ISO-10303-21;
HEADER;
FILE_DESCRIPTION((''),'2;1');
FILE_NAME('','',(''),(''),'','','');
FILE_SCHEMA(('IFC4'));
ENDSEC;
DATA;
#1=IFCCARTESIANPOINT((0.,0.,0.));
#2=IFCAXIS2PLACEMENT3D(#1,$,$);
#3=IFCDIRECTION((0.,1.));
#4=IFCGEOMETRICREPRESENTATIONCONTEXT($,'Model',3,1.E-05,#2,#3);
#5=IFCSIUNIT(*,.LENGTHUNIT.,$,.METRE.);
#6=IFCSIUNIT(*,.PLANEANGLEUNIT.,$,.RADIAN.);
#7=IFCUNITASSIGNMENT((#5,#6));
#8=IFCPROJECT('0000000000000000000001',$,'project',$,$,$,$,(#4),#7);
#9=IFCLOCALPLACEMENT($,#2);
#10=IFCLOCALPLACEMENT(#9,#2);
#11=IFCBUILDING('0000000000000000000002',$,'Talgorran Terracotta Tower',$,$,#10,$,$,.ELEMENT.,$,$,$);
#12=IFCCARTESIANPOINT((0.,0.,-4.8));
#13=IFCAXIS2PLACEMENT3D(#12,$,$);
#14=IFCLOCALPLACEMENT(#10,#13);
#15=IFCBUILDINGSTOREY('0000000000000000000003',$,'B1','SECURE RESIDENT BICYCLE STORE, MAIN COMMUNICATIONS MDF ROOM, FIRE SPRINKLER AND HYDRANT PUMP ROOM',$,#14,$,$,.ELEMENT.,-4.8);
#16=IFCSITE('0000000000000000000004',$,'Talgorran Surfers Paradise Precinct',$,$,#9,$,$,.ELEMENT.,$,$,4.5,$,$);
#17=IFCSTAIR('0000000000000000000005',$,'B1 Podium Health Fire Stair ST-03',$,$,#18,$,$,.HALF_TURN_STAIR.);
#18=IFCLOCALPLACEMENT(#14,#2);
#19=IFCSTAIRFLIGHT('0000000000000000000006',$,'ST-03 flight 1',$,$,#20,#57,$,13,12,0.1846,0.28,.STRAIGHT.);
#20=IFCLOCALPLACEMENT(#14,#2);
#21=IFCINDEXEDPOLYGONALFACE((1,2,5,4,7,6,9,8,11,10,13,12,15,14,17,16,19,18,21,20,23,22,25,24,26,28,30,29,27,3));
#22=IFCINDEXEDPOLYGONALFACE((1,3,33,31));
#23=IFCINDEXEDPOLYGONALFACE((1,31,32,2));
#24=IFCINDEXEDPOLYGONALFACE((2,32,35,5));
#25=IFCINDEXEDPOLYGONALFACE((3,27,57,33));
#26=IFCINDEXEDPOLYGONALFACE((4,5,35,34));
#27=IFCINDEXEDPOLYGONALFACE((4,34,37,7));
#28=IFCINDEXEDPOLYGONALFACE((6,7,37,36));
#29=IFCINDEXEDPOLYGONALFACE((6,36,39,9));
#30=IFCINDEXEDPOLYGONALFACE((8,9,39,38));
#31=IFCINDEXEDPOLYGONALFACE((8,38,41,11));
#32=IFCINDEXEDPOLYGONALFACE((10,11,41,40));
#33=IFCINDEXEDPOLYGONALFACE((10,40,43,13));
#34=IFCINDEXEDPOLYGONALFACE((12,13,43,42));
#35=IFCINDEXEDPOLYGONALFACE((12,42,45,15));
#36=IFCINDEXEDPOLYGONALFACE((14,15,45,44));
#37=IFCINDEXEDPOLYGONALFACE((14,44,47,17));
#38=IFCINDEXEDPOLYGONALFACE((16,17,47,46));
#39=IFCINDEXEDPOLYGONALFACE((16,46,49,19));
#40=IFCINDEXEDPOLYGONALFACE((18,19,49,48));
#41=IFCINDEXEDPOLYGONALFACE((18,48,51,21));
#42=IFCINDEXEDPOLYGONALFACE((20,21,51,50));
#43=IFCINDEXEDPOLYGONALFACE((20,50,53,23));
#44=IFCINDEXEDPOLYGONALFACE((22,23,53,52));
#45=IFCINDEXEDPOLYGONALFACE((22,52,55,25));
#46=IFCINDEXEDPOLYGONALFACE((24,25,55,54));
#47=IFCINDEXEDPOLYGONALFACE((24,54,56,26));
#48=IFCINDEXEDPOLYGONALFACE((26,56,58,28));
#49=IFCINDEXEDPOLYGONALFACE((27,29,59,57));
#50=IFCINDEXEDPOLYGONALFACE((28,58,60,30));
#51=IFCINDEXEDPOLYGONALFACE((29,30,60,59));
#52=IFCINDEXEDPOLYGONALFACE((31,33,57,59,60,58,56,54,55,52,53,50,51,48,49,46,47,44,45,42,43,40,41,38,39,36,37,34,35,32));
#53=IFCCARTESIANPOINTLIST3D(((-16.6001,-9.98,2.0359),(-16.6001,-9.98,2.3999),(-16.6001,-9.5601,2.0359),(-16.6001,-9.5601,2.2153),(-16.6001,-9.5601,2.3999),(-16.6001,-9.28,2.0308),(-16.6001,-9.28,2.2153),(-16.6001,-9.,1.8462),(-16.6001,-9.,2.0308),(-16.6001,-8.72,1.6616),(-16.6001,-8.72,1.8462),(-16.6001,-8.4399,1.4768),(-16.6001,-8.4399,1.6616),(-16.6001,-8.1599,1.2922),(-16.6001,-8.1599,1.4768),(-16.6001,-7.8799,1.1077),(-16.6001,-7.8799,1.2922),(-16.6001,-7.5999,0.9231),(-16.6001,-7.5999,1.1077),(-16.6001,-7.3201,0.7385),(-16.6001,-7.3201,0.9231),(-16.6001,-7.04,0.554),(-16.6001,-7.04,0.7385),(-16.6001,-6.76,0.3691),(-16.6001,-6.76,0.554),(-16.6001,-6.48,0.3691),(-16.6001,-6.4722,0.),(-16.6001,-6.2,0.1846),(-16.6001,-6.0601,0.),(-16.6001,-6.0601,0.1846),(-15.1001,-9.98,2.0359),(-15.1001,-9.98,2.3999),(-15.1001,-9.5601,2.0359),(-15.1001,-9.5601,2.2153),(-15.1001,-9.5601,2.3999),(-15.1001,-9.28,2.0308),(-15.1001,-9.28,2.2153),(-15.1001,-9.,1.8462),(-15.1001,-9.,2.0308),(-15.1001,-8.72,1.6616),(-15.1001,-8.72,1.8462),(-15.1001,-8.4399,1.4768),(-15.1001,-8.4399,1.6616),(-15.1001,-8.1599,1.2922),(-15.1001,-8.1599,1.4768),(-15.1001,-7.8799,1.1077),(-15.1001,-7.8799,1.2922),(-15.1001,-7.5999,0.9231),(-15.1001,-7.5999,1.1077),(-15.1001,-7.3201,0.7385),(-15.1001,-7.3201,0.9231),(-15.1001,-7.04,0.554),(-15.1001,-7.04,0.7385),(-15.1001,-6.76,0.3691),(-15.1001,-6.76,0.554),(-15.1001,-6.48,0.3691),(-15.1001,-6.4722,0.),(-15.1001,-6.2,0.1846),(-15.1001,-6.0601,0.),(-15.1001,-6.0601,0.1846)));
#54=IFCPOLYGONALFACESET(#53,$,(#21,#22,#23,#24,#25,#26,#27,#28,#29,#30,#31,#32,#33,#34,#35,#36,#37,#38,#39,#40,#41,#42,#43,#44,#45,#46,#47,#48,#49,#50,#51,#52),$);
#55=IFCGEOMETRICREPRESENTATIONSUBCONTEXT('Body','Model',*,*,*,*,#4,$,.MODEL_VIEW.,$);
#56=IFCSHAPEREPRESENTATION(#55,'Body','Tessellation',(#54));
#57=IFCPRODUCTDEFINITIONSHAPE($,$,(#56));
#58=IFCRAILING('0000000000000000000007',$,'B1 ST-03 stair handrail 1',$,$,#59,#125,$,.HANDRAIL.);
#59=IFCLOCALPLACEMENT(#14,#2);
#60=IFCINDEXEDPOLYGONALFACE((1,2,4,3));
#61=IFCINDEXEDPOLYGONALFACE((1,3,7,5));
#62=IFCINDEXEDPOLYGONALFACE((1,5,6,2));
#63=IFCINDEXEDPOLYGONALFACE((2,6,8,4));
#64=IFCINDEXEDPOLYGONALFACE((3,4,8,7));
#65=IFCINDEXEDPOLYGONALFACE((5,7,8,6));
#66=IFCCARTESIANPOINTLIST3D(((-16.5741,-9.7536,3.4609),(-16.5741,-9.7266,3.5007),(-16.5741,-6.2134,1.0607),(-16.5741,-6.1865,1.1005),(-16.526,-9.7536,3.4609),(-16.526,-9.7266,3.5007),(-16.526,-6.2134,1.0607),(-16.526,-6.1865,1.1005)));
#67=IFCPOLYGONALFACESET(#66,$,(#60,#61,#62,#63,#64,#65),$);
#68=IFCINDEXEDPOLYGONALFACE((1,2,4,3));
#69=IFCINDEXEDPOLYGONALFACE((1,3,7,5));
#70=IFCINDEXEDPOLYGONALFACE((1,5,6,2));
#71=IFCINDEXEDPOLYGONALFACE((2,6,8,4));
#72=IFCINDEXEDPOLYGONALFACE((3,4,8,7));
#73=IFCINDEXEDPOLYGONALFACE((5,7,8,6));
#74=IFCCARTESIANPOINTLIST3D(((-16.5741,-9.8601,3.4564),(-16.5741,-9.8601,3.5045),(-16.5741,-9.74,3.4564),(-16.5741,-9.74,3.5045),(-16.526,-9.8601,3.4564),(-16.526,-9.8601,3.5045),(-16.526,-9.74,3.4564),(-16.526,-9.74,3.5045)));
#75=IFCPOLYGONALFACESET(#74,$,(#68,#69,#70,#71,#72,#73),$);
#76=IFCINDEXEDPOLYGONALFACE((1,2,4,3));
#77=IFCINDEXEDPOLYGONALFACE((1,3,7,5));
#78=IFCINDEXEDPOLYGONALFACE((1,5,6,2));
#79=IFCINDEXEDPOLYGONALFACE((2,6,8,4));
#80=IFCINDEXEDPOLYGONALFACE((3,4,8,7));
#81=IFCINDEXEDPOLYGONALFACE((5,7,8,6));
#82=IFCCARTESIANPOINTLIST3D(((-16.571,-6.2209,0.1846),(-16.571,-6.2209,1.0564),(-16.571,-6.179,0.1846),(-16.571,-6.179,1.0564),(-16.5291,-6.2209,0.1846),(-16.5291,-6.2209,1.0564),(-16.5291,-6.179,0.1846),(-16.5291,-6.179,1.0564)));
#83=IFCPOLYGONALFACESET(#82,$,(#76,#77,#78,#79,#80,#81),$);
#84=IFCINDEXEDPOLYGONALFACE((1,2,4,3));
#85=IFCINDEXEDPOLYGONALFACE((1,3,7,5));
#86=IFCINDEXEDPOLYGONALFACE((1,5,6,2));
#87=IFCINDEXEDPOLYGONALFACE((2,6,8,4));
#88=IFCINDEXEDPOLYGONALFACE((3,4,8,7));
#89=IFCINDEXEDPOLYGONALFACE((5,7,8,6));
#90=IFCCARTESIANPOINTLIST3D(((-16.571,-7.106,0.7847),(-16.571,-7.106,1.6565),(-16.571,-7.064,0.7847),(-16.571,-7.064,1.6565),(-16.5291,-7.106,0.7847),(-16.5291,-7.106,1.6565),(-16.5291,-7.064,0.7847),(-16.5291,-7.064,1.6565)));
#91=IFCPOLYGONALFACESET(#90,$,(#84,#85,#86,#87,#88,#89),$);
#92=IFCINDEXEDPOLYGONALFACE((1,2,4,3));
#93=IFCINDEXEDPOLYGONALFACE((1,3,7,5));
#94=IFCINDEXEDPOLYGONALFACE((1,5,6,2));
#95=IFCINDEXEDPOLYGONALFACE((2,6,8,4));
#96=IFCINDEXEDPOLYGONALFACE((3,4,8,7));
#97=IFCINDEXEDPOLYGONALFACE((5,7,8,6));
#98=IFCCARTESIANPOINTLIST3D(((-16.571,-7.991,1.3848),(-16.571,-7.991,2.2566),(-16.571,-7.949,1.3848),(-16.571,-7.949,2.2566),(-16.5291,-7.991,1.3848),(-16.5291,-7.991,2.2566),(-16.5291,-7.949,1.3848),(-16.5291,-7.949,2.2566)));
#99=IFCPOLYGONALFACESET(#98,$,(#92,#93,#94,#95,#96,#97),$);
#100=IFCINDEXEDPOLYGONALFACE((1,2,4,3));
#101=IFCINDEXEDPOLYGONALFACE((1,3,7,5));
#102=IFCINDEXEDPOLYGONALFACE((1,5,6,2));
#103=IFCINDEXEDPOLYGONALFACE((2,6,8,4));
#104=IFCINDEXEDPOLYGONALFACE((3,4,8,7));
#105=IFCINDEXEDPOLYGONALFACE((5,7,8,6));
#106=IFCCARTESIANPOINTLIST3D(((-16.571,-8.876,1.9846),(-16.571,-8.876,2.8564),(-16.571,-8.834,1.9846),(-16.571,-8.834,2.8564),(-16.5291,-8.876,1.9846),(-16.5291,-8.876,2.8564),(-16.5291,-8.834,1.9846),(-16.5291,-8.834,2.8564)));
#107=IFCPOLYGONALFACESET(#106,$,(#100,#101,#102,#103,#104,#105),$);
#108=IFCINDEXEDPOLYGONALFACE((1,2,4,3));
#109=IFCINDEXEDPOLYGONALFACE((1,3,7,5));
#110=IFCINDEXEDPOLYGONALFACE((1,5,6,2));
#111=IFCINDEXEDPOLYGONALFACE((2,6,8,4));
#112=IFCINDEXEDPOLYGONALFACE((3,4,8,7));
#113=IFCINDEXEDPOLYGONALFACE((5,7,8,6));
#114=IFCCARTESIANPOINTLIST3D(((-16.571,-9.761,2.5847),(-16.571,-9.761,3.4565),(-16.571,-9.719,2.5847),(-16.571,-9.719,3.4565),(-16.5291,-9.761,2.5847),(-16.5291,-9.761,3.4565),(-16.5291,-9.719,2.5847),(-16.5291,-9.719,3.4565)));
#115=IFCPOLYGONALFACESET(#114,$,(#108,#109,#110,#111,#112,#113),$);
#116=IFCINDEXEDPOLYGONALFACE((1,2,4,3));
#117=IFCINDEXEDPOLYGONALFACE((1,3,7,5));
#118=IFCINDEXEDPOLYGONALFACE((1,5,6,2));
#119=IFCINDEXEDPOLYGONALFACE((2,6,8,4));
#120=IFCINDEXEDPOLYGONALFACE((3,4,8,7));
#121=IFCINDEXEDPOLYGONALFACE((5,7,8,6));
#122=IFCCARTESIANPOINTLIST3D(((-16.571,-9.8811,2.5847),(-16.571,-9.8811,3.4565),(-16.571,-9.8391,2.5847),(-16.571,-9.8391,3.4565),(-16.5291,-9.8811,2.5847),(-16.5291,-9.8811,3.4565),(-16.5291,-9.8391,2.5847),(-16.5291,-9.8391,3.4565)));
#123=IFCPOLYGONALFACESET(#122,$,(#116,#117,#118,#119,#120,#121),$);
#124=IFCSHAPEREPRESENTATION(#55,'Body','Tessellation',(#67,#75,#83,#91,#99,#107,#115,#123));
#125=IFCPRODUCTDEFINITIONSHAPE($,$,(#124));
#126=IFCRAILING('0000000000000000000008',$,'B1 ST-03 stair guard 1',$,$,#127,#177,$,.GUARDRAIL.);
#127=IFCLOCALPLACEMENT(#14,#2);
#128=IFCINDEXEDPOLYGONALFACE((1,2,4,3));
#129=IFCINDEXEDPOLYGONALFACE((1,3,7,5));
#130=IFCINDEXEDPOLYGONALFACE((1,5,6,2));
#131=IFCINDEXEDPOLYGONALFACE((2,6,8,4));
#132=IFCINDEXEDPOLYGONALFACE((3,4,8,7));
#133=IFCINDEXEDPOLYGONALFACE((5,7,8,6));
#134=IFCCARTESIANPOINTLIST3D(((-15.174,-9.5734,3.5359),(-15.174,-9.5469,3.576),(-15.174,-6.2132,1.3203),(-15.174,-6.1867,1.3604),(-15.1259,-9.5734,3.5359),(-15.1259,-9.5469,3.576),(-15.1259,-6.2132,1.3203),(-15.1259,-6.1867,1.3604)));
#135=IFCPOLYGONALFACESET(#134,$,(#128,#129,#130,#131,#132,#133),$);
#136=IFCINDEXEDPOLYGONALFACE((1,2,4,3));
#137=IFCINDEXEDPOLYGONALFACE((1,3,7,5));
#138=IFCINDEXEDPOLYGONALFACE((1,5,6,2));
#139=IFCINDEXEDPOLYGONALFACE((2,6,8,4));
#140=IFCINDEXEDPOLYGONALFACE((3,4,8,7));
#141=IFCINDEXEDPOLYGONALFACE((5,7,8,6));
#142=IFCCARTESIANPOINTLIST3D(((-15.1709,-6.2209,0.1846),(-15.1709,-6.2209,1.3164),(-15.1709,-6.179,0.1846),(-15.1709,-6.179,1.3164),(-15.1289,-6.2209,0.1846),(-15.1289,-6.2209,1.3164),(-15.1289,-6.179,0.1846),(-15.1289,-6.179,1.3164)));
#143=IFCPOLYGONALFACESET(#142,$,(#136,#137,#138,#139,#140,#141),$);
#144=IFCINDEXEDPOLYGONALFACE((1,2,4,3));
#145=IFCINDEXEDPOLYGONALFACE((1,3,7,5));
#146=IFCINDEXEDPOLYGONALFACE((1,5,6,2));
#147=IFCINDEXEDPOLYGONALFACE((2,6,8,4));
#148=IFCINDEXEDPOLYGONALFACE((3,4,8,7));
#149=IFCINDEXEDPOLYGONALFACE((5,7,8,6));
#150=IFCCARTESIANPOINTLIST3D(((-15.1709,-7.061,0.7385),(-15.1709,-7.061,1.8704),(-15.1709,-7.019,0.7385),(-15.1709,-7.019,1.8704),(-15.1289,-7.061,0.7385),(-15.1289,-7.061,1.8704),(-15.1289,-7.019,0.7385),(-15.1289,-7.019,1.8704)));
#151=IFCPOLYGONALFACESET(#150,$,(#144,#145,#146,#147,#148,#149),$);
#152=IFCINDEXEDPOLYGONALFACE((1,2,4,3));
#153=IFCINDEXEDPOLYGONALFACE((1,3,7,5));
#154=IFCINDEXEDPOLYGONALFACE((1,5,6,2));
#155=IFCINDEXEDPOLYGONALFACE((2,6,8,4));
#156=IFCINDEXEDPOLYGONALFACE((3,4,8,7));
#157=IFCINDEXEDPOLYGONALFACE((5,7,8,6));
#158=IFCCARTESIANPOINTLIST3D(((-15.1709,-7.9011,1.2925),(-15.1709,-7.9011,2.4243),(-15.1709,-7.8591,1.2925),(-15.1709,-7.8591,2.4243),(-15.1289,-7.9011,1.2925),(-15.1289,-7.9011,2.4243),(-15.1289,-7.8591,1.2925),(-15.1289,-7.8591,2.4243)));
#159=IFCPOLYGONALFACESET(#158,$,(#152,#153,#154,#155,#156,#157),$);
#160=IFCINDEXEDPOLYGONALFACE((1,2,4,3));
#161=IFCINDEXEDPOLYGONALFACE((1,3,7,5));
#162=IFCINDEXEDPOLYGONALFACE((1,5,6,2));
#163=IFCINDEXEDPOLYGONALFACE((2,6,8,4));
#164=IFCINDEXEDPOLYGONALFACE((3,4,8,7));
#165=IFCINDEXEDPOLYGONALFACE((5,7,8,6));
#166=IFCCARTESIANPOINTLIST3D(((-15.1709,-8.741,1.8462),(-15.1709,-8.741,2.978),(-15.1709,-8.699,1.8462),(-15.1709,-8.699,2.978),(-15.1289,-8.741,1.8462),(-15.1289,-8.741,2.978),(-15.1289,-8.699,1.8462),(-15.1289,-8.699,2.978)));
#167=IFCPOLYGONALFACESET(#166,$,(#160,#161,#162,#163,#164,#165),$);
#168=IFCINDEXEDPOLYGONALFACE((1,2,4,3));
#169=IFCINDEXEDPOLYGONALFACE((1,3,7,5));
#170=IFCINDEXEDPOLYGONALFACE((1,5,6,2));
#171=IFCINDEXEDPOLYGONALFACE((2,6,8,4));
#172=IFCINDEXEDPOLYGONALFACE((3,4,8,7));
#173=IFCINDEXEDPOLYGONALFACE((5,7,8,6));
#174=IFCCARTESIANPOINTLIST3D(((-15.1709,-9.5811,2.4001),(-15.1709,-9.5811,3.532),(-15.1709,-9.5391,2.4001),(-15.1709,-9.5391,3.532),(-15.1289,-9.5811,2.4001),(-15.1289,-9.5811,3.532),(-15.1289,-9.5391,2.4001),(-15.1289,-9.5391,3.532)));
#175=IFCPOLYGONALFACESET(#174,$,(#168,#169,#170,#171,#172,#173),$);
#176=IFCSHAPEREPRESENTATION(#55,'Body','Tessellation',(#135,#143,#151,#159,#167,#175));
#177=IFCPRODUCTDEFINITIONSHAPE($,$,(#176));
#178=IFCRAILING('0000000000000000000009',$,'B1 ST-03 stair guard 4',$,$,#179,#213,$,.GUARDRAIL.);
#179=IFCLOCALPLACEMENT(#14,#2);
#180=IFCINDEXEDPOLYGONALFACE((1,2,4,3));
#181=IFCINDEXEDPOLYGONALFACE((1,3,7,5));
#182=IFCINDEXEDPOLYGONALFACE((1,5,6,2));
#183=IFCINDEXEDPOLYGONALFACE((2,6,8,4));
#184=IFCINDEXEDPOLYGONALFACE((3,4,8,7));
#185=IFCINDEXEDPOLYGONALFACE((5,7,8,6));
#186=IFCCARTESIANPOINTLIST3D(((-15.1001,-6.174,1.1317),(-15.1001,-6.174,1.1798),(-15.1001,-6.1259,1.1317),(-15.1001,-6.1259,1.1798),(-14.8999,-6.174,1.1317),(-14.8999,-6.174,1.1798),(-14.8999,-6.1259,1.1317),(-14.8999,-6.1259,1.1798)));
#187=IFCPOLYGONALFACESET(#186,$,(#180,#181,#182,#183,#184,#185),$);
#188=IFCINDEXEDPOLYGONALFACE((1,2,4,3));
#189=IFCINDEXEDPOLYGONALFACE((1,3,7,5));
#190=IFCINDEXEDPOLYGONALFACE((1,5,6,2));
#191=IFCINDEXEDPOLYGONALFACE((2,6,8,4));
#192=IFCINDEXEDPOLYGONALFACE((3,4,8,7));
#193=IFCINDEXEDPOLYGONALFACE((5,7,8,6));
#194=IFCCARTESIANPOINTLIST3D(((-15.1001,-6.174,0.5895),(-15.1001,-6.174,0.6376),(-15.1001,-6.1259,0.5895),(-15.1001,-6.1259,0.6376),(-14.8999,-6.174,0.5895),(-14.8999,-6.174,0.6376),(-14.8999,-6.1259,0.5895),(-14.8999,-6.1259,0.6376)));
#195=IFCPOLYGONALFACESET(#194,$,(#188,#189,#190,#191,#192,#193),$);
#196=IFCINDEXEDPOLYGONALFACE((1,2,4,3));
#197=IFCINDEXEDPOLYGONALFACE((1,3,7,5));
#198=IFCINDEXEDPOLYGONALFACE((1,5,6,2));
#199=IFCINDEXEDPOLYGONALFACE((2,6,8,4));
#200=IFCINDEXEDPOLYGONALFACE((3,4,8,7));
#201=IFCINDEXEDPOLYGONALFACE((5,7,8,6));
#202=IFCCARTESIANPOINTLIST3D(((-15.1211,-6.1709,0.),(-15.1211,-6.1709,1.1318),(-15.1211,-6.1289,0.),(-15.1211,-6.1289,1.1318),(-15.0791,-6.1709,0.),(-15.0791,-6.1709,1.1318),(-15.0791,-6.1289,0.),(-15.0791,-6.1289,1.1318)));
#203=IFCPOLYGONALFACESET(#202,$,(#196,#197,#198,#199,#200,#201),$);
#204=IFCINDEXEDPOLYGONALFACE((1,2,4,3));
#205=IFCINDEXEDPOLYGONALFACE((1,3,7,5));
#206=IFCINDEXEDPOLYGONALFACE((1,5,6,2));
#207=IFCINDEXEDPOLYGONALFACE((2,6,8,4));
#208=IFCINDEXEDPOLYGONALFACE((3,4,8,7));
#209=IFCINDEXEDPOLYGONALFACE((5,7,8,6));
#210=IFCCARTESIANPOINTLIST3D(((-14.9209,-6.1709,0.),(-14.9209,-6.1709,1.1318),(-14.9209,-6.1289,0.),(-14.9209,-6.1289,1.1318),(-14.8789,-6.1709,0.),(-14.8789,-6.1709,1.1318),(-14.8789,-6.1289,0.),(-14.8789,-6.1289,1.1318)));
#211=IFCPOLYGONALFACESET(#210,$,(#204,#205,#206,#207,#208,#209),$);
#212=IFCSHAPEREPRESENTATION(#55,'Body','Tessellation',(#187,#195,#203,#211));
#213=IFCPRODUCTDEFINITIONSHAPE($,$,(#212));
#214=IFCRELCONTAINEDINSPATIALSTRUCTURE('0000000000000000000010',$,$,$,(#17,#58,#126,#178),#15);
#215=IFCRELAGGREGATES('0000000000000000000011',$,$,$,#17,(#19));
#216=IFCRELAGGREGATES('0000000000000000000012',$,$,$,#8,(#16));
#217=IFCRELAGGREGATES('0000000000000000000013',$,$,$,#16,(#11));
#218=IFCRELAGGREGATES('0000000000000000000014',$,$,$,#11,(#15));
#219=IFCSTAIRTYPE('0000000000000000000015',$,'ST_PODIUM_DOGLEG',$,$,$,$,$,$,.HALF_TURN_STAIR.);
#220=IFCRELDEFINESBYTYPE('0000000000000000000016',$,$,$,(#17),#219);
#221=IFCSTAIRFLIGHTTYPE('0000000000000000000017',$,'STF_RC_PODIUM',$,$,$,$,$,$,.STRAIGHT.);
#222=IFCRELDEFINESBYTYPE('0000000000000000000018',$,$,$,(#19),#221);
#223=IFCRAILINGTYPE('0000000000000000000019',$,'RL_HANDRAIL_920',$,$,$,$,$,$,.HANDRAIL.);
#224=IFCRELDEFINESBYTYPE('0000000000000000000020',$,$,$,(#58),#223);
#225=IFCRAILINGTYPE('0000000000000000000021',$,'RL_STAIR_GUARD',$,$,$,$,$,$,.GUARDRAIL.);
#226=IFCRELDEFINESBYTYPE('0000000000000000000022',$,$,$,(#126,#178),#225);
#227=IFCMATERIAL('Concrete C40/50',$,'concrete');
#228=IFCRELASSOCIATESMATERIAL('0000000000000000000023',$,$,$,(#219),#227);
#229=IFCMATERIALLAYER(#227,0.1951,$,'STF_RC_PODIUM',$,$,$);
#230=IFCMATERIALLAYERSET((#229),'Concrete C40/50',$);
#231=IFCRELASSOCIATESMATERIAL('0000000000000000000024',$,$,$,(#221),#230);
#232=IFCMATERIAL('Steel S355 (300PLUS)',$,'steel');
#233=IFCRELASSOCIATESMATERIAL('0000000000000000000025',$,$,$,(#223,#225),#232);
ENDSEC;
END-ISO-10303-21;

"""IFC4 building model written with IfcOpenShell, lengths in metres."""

from ifc_helpers import new_model, si_unit, direction, frame, origin, origin_2d, place, context, subcontext, project, spatial, polyline, rectangle, outline, extrude, material, layer, layer_set, type_object, element, aggregate, save


model = new_model("IFC4")

# Units and contexts
model_context = context("Model", 3, precision=1e-05, world=origin(), true_north=direction((0.0, 1.0)))
body_context = subcontext(model_context, "Body", "Model", "MODEL_VIEW")
ifc_project = project(units=[si_unit("LENGTHUNIT", "METRE"), si_unit("PLANEANGLEUNIT", "RADIAN")], contexts=[model_context])

# Site, building, storey
site_placement = place(None, origin())
site = spatial("IfcSite", under=ifc_project, at=site_placement, Name="Talgorran Surfers Paradise Precinct", CompositionType="ELEMENT", RefElevation=4.5)
building_placement = place(site_placement, origin())
building = spatial("IfcBuilding", under=site, at=building_placement, Name="Talgorran Terracotta Tower", CompositionType="ELEMENT")
storey_placement = place(building_placement, frame((0.0, 0.0, -4.8)))
storey = spatial("IfcBuildingStorey", under=building, at=storey_placement, Name="B1", Description="SECURE RESIDENT BICYCLE STORE, MAIN COMMUNICATIONS MDF ROOM, FIRE SPRINKLER AND HYDRANT PUMP ROOM", CompositionType="ELEMENT", Elevation=-4.8)

# Shared definitions
ifc_material_1 = material(Name="Steel S355 (300PLUS)", Category="steel")

# Stair, stair flight
ifc_material_2 = material(Name="Concrete C40/50", Category="concrete")
stair_type = type_object("IfcStairType", Name="ST_PODIUM_DOGLEG", PredefinedType="HALF_TURN_STAIR", material=ifc_material_2)
stair_placement = place(storey_placement, origin())
stair = element("IfcStair", 1, at=stair_placement, inside=storey, type_object=stair_type, Name="B1 Podium Health Fire Stair ST-03", PredefinedType="HALF_TURN_STAIR")
ifc_layer_1 = layer(ifc_material_2, 0.1951, Name="STF_RC_PODIUM")
ifc_layer_set_1 = layer_set([ifc_layer_1], Name="Concrete C40/50")
stair_flight_type = type_object("IfcStairFlightType", Name="STF_RC_PODIUM", PredefinedType="STRAIGHT", material=ifc_layer_set_1)
stair_flight_placement = place(storey_placement, frame((-15.8501, -6.2, 0.0), z_axis=(0.0, 0.0, 1.0), x_axis=(0.0, -1.0, 0.0)))
stair_flight = element("IfcStairFlight", 2, at=stair_flight_placement, type_object=stair_flight_type, Name="ST-03 flight 1", NumberOfRisers=13, NumberOfTreads=12, PredefinedType="STRAIGHT", RiserHeight=0.1846, TreadLength=0.28, context=body_context, shape_type="SweptSolid", body=[
    extrude(outline(polyline([(-0.1399, 0.0), (-0.1399, 0.1846), (0.0, 0.1846), (0.28, 0.3691), (0.5601, 0.3691), (0.5601, 0.554), (0.8401, 0.554), (0.8401, 0.7385), (1.1201, 0.7385), (1.1201, 0.9231), (1.3999, 0.9231), (1.3999, 1.1077), (1.6799, 1.1077), (1.6799, 1.2922), (1.96, 1.2922), (1.96, 1.4768), (2.24, 1.4768), (2.24, 1.6616), (2.52, 1.6616), (2.52, 1.8462), (2.8, 1.8462), (2.8, 2.0308), (3.0801, 2.0308), (3.0801, 2.2153), (3.3601, 2.2153), (3.3601, 2.3999), (3.78, 2.3999), (3.78, 2.0359), (3.3601, 2.0359), (0.2722, 0.0), (-0.1399, 0.0)])), frame((0.0, 0.75, 0.0), z_axis=(0.0, -1.0, 0.0), x_axis=(1.0, 0.0, 0.0)), (0.0, 0.0, 1.0), 1.5),
])
aggregate(stair, [stair_flight])

# Railings
railing_type_1 = type_object("IfcRailingType", Name="RL_HANDRAIL_920", PredefinedType="HANDRAIL", material=ifc_material_1)
railing_1_placement = place(storey_placement, frame((-16.55, -6.2, 0.1846)))
element("IfcRailing", 3, at=railing_1_placement, inside=storey, type_object=railing_type_1, Name="B1 ST-03 stair handrail 1", PredefinedType="HANDRAIL", context=body_context, shape_type="SweptSolid", body=[
    extrude(rectangle(XDim=0.0481, YDim=0.0481, at=origin_2d()), frame((0.0, 0.0, 0.896), z_axis=(0.0, -0.827695, 0.561178), x_axis=(1.0, 0.0, 0.0)), (0.0, 0.0, 1.0), 4.2771),
    extrude(rectangle(XDim=0.0481, YDim=0.0481, at=origin_2d()), frame((0.0, -3.54, 3.2959), z_axis=(0.0, -1.0, 0.0), x_axis=(1.0, 0.0, 0.0)), (0.0, 0.0, 1.0), 0.1201),
    extrude(rectangle(XDim=0.042, YDim=0.042, at=origin_2d()), origin(), (0.0, 0.0, 1.0), 0.8718),
    extrude(rectangle(XDim=0.042, YDim=0.042, at=origin_2d()), frame((0.0, -0.885, 0.6001)), (0.0, 0.0, 1.0), 0.8718),
    extrude(rectangle(XDim=0.042, YDim=0.042, at=origin_2d()), frame((0.0, -1.77, 1.2002)), (0.0, 0.0, 1.0), 0.8718),
    extrude(rectangle(XDim=0.042, YDim=0.042, at=origin_2d()), frame((0.0, -2.655, 1.8)), (0.0, 0.0, 1.0), 0.8718),
    extrude(rectangle(XDim=0.042, YDim=0.042, at=origin_2d()), frame((0.0, -3.54, 2.4001)), (0.0, 0.0, 1.0), 0.8718),
    extrude(rectangle(XDim=0.042, YDim=0.042, at=origin_2d()), frame((0.0, -3.6602, 2.4001)), (0.0, 0.0, 1.0), 0.8718),
])
railing_type_2 = type_object("IfcRailingType", Name="RL_STAIR_GUARD", PredefinedType="GUARDRAIL", material=ifc_material_1)
railing_2_placement = place(storey_placement, frame((-15.1499, -6.2, 0.1846)))
element("IfcRailing", 4, at=railing_2_placement, inside=storey, type_object=railing_type_2, Name="B1 ST-03 stair guard 1", PredefinedType="GUARDRAIL", context=body_context, shape_type="SweptSolid", body=[
    extrude(rectangle(XDim=0.0481, YDim=0.0481, at=origin_2d()), frame((0.0, 0.0, 1.1558), z_axis=(0.0, -0.834849, 0.55048), x_axis=(1.0, 0.0, 0.0)), (0.0, 0.0, 1.0), 4.0249),
    extrude(rectangle(XDim=0.042, YDim=0.042, at=origin_2d()), origin(), (0.0, 0.0, 1.0), 1.1318),
    extrude(rectangle(XDim=0.042, YDim=0.042, at=origin_2d()), frame((0.0, -0.8401, 0.554)), (0.0, 0.0, 1.0), 1.1318),
    extrude(rectangle(XDim=0.042, YDim=0.042, at=origin_2d()), frame((0.0, -1.6802, 1.1079)), (0.0, 0.0, 1.0), 1.1318),
    extrude(rectangle(XDim=0.042, YDim=0.042, at=origin_2d()), frame((0.0, -2.52, 1.6616)), (0.0, 0.0, 1.0), 1.1318),
    extrude(rectangle(XDim=0.042, YDim=0.042, at=origin_2d()), frame((0.0, -3.3601, 2.2156)), (0.0, 0.0, 1.0), 1.1318),
])
railing_3_placement = place(storey_placement, frame((-15.1001, -6.1499, 0.0)))
element("IfcRailing", 5, at=railing_3_placement, inside=storey, type_object=railing_type_2, Name="B1 ST-03 stair guard 4", PredefinedType="GUARDRAIL", context=body_context, shape_type="SweptSolid", body=[
    extrude(rectangle(XDim=0.0481, YDim=0.0481, at=origin_2d()), frame((0.0, 0.0, 1.1558), z_axis=(1.0, 0.0, 0.0), x_axis=(0.0, 1.0, 0.0)), (0.0, 0.0, 1.0), 0.2002),
    extrude(rectangle(XDim=0.0481, YDim=0.0481, at=origin_2d()), frame((0.0, 0.0, 0.6135), z_axis=(1.0, 0.0, 0.0), x_axis=(0.0, 1.0, 0.0)), (0.0, 0.0, 1.0), 0.2002),
    extrude(rectangle(XDim=0.042, YDim=0.042, at=origin_2d()), origin(), (0.0, 0.0, 1.0), 1.1318),
    extrude(rectangle(XDim=0.042, YDim=0.042, at=origin_2d()), frame((0.2002, 0.0, 0.0)), (0.0, 0.0, 1.0), 1.1318),
])

save(model, "model.ifc")
